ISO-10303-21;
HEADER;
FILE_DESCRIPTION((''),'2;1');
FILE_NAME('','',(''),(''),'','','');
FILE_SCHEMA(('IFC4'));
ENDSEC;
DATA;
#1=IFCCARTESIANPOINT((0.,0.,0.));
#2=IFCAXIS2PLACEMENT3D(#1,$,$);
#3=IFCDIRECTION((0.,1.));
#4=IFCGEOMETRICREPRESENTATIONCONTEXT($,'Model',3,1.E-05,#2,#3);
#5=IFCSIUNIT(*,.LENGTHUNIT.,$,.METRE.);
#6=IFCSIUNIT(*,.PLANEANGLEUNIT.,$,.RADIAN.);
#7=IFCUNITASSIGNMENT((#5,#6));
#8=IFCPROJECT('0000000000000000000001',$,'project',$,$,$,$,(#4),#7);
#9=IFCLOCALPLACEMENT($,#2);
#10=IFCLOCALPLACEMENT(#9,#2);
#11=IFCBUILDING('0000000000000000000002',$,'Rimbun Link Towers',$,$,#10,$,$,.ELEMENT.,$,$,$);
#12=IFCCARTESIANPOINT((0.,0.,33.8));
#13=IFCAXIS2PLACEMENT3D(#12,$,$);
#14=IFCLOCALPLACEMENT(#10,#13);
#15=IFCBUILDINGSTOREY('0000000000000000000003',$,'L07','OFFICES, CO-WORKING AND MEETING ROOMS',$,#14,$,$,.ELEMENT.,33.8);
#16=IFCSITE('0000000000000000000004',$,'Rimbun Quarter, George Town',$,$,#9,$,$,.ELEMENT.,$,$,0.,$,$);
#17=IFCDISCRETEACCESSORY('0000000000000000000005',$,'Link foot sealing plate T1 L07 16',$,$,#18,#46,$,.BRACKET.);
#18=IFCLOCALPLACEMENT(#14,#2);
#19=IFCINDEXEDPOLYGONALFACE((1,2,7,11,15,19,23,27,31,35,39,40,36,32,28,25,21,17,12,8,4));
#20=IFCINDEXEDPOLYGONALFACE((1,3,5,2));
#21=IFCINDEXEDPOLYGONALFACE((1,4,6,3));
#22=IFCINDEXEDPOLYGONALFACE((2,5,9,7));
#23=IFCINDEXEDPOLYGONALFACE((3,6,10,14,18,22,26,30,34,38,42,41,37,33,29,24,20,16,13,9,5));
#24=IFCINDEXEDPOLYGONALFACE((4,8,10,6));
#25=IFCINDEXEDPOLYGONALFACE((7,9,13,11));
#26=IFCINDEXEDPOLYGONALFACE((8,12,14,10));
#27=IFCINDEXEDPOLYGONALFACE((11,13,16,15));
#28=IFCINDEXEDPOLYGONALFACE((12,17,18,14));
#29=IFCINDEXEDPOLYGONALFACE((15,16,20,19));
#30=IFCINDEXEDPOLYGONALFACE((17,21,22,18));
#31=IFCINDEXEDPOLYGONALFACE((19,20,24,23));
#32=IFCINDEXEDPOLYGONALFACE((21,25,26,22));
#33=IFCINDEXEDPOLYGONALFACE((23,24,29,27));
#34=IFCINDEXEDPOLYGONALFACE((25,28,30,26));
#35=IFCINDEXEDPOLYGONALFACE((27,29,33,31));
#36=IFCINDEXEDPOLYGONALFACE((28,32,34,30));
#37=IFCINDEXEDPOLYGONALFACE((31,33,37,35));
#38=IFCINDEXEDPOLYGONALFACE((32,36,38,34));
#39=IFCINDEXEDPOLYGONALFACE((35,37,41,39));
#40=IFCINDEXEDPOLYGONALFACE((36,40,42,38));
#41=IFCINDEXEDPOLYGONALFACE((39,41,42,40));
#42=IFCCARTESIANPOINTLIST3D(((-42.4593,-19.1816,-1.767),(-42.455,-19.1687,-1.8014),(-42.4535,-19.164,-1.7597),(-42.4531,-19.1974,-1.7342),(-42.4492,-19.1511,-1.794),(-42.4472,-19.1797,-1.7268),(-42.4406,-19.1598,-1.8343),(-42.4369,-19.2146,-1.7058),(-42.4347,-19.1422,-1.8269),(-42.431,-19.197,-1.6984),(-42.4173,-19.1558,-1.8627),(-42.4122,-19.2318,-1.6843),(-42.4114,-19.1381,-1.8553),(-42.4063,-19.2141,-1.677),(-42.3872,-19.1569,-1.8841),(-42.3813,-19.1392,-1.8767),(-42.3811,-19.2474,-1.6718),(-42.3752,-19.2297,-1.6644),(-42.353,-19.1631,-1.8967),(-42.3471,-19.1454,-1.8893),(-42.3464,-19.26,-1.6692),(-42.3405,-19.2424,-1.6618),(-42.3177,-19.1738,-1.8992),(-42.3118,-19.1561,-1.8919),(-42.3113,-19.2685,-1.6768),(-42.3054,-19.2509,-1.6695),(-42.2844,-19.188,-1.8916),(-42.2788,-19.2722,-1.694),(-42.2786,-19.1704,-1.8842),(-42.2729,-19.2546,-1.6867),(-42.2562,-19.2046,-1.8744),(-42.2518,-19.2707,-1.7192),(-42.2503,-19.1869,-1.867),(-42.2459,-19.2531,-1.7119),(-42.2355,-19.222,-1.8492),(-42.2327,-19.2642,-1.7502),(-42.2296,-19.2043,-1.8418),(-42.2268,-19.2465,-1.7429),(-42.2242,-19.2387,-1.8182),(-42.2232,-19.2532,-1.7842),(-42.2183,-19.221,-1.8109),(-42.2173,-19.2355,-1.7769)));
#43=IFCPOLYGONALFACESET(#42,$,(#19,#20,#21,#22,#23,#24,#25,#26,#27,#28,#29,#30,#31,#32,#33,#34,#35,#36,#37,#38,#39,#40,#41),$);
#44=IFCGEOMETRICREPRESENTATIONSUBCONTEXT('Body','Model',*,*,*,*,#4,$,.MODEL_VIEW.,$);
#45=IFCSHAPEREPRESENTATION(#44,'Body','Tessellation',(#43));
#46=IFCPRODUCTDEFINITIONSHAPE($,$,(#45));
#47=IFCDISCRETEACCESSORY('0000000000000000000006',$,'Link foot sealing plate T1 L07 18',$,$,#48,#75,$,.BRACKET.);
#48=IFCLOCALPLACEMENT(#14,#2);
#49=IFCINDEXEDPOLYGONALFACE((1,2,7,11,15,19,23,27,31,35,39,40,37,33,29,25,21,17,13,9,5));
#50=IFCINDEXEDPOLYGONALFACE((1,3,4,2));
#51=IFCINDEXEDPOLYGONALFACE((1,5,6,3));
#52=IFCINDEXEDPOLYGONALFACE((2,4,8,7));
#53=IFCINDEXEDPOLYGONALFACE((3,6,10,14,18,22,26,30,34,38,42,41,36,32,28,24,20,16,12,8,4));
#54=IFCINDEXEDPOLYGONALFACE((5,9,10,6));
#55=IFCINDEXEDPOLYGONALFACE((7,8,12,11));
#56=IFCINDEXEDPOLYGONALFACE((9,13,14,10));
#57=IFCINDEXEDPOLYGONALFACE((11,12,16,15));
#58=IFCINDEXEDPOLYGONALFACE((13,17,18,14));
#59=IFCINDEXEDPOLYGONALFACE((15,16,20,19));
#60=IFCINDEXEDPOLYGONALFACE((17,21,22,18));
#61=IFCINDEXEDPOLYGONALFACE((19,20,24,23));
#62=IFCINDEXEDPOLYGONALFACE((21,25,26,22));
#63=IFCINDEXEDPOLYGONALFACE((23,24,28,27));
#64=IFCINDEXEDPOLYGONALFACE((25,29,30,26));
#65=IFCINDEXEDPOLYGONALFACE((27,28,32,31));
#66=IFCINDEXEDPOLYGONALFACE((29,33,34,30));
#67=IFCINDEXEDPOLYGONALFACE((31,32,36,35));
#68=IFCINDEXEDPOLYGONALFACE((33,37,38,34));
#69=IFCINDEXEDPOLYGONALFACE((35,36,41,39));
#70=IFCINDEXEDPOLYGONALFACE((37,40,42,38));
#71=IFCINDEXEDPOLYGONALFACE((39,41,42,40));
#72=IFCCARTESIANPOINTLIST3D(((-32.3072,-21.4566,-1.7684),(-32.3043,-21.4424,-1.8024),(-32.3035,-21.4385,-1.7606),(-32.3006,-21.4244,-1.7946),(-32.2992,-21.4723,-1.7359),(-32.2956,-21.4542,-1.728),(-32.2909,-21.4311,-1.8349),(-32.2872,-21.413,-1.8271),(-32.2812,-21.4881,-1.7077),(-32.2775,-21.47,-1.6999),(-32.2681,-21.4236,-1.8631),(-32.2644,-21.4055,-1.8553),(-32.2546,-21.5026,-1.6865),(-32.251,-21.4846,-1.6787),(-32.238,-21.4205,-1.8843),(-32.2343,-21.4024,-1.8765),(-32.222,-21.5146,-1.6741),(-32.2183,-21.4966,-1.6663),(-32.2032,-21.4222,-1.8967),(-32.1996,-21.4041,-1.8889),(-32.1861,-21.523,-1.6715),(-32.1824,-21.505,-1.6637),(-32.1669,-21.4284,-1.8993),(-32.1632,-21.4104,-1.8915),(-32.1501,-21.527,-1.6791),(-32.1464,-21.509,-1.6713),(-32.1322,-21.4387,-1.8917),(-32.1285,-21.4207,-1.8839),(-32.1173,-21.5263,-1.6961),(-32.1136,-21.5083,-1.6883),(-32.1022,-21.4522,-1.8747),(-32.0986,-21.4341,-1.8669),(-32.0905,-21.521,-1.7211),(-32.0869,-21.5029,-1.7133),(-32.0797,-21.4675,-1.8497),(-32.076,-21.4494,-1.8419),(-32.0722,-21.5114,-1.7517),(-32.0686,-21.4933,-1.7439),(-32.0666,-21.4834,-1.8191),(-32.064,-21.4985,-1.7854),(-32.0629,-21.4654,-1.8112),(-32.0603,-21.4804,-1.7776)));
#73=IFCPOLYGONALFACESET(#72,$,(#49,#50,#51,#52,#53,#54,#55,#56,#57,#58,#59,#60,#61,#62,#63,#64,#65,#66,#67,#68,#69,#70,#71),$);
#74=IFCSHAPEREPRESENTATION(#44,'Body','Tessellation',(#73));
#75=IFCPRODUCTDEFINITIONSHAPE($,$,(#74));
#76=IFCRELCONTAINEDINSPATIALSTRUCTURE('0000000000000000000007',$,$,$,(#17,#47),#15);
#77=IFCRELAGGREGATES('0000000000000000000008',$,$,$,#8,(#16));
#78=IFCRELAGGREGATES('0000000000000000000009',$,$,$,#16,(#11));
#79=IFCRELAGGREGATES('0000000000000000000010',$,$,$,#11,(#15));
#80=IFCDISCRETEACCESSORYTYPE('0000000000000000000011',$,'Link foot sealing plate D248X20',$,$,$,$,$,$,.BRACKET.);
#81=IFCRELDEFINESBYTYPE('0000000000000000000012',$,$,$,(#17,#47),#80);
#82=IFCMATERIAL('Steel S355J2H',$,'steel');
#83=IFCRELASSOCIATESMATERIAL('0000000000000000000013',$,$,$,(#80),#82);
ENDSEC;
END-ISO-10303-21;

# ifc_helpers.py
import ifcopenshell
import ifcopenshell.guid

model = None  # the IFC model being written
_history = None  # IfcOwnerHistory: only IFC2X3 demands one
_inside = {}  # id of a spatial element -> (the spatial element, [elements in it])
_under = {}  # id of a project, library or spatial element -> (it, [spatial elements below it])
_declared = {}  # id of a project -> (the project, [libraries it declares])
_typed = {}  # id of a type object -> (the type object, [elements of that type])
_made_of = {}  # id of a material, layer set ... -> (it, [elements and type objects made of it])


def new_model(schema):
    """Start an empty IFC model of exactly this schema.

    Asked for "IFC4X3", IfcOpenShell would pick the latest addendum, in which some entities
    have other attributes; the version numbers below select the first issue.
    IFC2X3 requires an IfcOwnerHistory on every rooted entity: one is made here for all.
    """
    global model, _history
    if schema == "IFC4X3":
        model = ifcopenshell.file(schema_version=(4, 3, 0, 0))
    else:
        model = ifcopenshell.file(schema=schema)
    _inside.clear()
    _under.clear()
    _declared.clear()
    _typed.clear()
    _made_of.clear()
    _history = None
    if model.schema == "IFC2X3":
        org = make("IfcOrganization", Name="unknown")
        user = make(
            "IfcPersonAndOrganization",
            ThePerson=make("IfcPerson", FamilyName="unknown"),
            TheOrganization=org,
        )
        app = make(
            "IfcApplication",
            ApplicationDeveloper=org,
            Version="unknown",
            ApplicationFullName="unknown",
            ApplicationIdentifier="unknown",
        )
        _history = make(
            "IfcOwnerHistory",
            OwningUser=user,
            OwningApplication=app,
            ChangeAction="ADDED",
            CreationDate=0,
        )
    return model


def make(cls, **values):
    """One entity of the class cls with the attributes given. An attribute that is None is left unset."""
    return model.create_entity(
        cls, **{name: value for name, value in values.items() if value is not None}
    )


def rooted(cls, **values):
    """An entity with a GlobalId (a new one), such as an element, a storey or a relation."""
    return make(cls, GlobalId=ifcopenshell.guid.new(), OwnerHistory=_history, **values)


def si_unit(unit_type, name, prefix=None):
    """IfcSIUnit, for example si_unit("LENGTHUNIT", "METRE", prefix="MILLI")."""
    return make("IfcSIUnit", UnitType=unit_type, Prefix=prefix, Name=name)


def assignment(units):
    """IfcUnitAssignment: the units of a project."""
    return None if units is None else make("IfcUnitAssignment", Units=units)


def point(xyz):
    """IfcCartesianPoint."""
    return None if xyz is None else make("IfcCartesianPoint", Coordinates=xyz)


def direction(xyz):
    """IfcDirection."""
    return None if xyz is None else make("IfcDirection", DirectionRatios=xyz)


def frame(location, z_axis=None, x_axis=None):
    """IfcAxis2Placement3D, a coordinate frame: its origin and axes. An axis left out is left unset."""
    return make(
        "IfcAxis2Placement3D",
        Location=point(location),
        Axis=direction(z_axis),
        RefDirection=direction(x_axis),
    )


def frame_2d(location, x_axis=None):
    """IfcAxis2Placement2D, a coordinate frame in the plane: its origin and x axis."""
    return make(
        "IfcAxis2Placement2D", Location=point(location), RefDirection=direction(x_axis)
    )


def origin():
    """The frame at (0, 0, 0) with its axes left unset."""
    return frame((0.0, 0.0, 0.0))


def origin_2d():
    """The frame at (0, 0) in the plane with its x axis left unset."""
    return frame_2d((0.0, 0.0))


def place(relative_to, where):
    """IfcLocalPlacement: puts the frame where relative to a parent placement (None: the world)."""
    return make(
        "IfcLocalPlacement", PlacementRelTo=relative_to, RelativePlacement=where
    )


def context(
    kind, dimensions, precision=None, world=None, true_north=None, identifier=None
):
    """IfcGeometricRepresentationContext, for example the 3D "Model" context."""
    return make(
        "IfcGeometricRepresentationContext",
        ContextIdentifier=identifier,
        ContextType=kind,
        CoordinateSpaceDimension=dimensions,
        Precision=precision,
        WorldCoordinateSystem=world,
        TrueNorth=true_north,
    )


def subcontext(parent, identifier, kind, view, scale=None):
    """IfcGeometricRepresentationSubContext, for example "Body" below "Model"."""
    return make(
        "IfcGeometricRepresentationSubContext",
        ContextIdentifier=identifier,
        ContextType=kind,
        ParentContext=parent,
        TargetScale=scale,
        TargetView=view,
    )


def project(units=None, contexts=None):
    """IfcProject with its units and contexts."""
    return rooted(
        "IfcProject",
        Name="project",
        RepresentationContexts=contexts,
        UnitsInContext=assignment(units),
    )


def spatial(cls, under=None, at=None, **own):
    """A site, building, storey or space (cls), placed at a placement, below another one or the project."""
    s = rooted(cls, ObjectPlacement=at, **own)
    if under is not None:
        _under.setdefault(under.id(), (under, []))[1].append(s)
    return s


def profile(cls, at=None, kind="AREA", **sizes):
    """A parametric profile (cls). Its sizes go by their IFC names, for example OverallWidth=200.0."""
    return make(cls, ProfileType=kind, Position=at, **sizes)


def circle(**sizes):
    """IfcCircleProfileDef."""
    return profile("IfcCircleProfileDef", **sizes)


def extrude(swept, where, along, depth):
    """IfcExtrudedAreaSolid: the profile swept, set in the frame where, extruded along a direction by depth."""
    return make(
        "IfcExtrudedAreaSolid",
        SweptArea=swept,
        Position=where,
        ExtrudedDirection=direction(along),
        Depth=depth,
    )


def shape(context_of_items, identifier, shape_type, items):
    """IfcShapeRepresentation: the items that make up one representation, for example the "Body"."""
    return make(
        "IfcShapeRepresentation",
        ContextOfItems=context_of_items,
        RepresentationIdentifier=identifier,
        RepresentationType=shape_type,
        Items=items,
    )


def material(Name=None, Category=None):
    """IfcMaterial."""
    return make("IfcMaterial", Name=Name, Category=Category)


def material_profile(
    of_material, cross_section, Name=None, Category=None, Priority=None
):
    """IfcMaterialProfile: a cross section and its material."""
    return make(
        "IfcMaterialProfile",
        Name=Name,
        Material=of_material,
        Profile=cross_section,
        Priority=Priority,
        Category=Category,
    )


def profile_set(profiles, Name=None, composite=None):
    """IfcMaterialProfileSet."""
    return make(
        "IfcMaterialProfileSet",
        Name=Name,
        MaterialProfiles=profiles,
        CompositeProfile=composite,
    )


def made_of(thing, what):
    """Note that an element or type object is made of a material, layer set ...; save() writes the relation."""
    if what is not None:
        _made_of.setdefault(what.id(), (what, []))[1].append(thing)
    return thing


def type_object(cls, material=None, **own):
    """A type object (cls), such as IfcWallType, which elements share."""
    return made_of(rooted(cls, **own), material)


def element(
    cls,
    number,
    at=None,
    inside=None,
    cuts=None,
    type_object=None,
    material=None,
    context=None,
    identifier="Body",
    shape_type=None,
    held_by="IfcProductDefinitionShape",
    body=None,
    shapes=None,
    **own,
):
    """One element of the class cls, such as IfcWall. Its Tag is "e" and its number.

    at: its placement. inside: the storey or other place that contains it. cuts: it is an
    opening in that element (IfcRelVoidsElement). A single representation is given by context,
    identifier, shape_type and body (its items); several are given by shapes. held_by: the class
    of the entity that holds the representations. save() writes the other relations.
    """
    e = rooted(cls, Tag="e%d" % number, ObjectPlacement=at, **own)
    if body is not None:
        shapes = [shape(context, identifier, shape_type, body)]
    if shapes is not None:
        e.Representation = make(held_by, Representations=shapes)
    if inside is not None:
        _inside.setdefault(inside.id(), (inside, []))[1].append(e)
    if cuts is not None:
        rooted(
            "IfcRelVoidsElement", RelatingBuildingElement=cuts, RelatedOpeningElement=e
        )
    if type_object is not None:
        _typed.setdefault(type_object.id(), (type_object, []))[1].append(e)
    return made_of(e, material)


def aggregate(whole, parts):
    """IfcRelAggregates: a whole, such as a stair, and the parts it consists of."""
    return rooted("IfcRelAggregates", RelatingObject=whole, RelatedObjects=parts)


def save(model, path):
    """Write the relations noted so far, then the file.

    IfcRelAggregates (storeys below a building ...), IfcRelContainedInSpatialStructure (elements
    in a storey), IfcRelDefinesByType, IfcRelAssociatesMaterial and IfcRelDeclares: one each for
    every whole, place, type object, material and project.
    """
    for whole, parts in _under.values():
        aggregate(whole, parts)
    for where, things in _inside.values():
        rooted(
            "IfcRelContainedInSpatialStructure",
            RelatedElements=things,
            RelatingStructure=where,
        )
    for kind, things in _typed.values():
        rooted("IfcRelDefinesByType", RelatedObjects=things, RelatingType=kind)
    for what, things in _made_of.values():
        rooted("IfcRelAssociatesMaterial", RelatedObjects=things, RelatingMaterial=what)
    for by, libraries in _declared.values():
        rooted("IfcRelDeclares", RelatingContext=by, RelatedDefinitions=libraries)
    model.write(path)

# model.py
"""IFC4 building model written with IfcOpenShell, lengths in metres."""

from ifc_helpers import new_model, si_unit, direction, frame, origin, origin_2d, place, context, subcontext, project, spatial, circle, extrude, material, material_profile, profile_set, type_object, element, save


model = new_model("IFC4")

# Units and contexts
model_context = context("Model", 3, precision=1e-05, world=origin(), true_north=direction((0.0, 1.0)))
body_context = subcontext(model_context, "Body", "Model", "MODEL_VIEW")
ifc_project = project(units=[si_unit("LENGTHUNIT", "METRE"), si_unit("PLANEANGLEUNIT", "RADIAN")], contexts=[model_context])

# Site, building, storey
site_placement = place(None, origin())
site = spatial("IfcSite", under=ifc_project, at=site_placement, Name="Rimbun Quarter, George Town", CompositionType="ELEMENT", RefElevation=0.0)
building_placement = place(site_placement, origin())
building = spatial("IfcBuilding", under=site, at=building_placement, Name="Rimbun Link Towers", CompositionType="ELEMENT")
storey_placement = place(building_placement, frame((0.0, 0.0, 33.8)))
storey = spatial("IfcBuildingStorey", under=building, at=storey_placement, Name="L07", Description="OFFICES, CO-WORKING AND MEETING ROOMS", CompositionType="ELEMENT", Elevation=33.8)

# Discrete accessories
ifc_material_1 = material(Name="Steel S355J2H", Category="steel")
ifc_material_profile_1 = material_profile(ifc_material_1, circle(Radius=0.124, at=origin_2d()), Name="PL D248")
ifc_profile_set_1 = profile_set([ifc_material_profile_1], Name="Steel S355J2H")
discrete_accessory_type = type_object("IfcDiscreteAccessoryType", Name="Link foot sealing plate D248X20", PredefinedType="BRACKET", material=ifc_profile_set_1)
for number, where, z_axis, x_axis, name in (
    (1, (-42.335, -19.1963, -1.7769), (-0.294086, -0.882258, -0.367607), (0.948683, -0.316228, 0.0), "Link foot sealing plate T1 L07 16"),
    (2, (-32.1819, -21.4558, -1.7776), (-0.182913, -0.902372, -0.390215), (0.980068, -0.198662, 0.0), "Link foot sealing plate T1 L07 18"),
):
    element("IfcDiscreteAccessory", number, at=place(storey_placement, frame(where, z_axis=z_axis, x_axis=x_axis)), inside=storey, type_object=discrete_accessory_type, Name=name, PredefinedType="BRACKET", context=body_context, shape_type="SweptSolid", body=[
        extrude(circle(Radius=0.124, at=origin_2d()), origin(), (0.0, 0.0, 1.0), 0.02),
    ])

save(model, "model.ifc")
